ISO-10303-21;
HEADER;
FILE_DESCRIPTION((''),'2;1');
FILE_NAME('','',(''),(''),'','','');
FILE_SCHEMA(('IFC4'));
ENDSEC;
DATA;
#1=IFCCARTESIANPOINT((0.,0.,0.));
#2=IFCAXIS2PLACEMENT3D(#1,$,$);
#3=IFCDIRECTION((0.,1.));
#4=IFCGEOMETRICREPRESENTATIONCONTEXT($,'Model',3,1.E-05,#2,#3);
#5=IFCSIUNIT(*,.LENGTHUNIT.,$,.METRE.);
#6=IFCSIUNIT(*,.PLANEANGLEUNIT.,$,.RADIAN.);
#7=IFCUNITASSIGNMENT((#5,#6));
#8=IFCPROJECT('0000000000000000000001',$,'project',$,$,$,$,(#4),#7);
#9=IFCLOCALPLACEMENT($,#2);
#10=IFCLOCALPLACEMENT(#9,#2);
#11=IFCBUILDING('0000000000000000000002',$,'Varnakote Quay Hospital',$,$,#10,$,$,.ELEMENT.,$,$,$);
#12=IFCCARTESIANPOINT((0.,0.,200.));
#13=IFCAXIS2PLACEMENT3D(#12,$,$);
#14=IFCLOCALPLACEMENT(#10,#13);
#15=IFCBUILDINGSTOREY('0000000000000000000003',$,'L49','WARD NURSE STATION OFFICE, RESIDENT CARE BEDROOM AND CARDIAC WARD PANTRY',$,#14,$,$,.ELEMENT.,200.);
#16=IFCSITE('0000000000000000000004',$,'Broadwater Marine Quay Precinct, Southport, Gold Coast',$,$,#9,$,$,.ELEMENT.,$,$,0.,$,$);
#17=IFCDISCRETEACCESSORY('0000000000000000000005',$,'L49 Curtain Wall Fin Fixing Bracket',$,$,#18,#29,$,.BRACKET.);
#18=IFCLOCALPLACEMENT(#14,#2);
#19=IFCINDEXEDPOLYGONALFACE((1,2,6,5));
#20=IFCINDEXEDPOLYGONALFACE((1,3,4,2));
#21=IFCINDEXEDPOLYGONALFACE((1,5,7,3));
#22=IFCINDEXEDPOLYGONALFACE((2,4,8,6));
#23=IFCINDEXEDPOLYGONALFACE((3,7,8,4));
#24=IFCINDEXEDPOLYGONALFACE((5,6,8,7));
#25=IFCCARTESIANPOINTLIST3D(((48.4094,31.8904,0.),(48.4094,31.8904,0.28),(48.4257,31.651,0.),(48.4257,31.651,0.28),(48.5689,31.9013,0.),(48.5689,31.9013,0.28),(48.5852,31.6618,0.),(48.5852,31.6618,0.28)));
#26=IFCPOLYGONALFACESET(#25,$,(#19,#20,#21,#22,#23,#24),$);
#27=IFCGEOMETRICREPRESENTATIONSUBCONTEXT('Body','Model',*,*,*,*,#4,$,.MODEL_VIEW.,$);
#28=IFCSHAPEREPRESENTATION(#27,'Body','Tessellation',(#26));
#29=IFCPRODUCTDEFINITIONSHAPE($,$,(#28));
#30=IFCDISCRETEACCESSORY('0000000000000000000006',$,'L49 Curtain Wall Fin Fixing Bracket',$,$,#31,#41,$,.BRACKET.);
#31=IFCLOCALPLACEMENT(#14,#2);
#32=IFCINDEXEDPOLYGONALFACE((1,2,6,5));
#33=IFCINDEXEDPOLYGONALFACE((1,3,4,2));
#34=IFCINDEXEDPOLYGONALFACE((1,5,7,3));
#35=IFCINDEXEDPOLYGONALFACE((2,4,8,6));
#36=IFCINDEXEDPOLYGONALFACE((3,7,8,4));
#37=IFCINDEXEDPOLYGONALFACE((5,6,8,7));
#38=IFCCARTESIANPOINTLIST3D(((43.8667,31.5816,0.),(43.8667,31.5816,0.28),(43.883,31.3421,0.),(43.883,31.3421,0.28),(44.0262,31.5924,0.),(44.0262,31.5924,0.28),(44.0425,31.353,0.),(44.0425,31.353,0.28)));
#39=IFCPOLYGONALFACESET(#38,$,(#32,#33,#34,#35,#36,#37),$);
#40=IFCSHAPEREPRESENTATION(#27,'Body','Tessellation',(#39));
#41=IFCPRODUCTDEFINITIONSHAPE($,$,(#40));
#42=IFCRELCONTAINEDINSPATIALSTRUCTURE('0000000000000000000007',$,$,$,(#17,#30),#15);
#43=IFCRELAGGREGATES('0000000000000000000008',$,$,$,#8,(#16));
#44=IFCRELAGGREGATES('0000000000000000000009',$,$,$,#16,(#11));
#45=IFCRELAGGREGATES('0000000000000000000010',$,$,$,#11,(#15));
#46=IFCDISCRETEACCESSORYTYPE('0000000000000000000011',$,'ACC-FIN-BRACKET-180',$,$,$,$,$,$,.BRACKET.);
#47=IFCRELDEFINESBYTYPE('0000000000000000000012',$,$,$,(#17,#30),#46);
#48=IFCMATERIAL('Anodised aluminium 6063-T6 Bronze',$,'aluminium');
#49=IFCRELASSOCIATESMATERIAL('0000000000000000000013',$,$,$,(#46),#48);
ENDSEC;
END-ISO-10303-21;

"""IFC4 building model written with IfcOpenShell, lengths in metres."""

from ifc_helpers import new_model, si_unit, direction, frame, origin, origin_2d, place, context, subcontext, project, spatial, rectangle, extrude, material, type_object, element, save


model = new_model("IFC4")

# Units and contexts
model_context = context("Model", 3, precision=1e-05, world=origin(), true_north=direction((0.0, 1.0)))
body_context = subcontext(model_context, "Body", "Model", "MODEL_VIEW")
ifc_project = project(units=[si_unit("LENGTHUNIT", "METRE"), si_unit("PLANEANGLEUNIT", "RADIAN")], contexts=[model_context])

# Site, building, storey
site_placement = place(None, origin())
site = spatial("IfcSite", under=ifc_project, at=site_placement, Name="Broadwater Marine Quay Precinct, Southport, Gold Coast", CompositionType="ELEMENT", RefElevation=0.0)
building_placement = place(site_placement, origin())
building = spatial("IfcBuilding", under=site, at=building_placement, Name="Varnakote Quay Hospital", CompositionType="ELEMENT")
storey_placement = place(building_placement, frame((0.0, 0.0, 200.0)))
storey = spatial("IfcBuildingStorey", under=building, at=storey_placement, Name="L49", Description="WARD NURSE STATION OFFICE, RESIDENT CARE BEDROOM AND CARDIAC WARD PANTRY", CompositionType="ELEMENT", Elevation=200.0)

# Discrete accessories
ifc_material_1 = material(Name="Anodised aluminium 6063-T6 Bronze", Category="aluminium")
discrete_accessory_type = type_object("IfcDiscreteAccessoryType", Name="ACC-FIN-BRACKET-180", PredefinedType="BRACKET", material=ifc_material_1)
for number, where, z_axis, x_axis, name in (
    (1, (48.4973, 31.7761, 0.0), (0.0, 0.0, 1.0), (-0.997696, -0.067841, 0.0), "L49 Curtain Wall Fin Fixing Bracket"),
    (2, (43.9546, 31.4673, 0.0), (0.0, 0.0, 1.0), (-0.997696, -0.067841, 0.0), "L49 Curtain Wall Fin Fixing Bracket"),
):
    element("IfcDiscreteAccessory", number, at=place(storey_placement, frame(where, z_axis=z_axis, x_axis=x_axis)), inside=storey, type_object=discrete_accessory_type, Name=name, PredefinedType="BRACKET", context=body_context, shape_type="SweptSolid", body=[
        extrude(rectangle(XDim=0.1599, YDim=0.24, at=origin_2d()), origin(), (0.0, 0.0, 1.0), 0.28),
    ])

save(model, "model.ifc")
